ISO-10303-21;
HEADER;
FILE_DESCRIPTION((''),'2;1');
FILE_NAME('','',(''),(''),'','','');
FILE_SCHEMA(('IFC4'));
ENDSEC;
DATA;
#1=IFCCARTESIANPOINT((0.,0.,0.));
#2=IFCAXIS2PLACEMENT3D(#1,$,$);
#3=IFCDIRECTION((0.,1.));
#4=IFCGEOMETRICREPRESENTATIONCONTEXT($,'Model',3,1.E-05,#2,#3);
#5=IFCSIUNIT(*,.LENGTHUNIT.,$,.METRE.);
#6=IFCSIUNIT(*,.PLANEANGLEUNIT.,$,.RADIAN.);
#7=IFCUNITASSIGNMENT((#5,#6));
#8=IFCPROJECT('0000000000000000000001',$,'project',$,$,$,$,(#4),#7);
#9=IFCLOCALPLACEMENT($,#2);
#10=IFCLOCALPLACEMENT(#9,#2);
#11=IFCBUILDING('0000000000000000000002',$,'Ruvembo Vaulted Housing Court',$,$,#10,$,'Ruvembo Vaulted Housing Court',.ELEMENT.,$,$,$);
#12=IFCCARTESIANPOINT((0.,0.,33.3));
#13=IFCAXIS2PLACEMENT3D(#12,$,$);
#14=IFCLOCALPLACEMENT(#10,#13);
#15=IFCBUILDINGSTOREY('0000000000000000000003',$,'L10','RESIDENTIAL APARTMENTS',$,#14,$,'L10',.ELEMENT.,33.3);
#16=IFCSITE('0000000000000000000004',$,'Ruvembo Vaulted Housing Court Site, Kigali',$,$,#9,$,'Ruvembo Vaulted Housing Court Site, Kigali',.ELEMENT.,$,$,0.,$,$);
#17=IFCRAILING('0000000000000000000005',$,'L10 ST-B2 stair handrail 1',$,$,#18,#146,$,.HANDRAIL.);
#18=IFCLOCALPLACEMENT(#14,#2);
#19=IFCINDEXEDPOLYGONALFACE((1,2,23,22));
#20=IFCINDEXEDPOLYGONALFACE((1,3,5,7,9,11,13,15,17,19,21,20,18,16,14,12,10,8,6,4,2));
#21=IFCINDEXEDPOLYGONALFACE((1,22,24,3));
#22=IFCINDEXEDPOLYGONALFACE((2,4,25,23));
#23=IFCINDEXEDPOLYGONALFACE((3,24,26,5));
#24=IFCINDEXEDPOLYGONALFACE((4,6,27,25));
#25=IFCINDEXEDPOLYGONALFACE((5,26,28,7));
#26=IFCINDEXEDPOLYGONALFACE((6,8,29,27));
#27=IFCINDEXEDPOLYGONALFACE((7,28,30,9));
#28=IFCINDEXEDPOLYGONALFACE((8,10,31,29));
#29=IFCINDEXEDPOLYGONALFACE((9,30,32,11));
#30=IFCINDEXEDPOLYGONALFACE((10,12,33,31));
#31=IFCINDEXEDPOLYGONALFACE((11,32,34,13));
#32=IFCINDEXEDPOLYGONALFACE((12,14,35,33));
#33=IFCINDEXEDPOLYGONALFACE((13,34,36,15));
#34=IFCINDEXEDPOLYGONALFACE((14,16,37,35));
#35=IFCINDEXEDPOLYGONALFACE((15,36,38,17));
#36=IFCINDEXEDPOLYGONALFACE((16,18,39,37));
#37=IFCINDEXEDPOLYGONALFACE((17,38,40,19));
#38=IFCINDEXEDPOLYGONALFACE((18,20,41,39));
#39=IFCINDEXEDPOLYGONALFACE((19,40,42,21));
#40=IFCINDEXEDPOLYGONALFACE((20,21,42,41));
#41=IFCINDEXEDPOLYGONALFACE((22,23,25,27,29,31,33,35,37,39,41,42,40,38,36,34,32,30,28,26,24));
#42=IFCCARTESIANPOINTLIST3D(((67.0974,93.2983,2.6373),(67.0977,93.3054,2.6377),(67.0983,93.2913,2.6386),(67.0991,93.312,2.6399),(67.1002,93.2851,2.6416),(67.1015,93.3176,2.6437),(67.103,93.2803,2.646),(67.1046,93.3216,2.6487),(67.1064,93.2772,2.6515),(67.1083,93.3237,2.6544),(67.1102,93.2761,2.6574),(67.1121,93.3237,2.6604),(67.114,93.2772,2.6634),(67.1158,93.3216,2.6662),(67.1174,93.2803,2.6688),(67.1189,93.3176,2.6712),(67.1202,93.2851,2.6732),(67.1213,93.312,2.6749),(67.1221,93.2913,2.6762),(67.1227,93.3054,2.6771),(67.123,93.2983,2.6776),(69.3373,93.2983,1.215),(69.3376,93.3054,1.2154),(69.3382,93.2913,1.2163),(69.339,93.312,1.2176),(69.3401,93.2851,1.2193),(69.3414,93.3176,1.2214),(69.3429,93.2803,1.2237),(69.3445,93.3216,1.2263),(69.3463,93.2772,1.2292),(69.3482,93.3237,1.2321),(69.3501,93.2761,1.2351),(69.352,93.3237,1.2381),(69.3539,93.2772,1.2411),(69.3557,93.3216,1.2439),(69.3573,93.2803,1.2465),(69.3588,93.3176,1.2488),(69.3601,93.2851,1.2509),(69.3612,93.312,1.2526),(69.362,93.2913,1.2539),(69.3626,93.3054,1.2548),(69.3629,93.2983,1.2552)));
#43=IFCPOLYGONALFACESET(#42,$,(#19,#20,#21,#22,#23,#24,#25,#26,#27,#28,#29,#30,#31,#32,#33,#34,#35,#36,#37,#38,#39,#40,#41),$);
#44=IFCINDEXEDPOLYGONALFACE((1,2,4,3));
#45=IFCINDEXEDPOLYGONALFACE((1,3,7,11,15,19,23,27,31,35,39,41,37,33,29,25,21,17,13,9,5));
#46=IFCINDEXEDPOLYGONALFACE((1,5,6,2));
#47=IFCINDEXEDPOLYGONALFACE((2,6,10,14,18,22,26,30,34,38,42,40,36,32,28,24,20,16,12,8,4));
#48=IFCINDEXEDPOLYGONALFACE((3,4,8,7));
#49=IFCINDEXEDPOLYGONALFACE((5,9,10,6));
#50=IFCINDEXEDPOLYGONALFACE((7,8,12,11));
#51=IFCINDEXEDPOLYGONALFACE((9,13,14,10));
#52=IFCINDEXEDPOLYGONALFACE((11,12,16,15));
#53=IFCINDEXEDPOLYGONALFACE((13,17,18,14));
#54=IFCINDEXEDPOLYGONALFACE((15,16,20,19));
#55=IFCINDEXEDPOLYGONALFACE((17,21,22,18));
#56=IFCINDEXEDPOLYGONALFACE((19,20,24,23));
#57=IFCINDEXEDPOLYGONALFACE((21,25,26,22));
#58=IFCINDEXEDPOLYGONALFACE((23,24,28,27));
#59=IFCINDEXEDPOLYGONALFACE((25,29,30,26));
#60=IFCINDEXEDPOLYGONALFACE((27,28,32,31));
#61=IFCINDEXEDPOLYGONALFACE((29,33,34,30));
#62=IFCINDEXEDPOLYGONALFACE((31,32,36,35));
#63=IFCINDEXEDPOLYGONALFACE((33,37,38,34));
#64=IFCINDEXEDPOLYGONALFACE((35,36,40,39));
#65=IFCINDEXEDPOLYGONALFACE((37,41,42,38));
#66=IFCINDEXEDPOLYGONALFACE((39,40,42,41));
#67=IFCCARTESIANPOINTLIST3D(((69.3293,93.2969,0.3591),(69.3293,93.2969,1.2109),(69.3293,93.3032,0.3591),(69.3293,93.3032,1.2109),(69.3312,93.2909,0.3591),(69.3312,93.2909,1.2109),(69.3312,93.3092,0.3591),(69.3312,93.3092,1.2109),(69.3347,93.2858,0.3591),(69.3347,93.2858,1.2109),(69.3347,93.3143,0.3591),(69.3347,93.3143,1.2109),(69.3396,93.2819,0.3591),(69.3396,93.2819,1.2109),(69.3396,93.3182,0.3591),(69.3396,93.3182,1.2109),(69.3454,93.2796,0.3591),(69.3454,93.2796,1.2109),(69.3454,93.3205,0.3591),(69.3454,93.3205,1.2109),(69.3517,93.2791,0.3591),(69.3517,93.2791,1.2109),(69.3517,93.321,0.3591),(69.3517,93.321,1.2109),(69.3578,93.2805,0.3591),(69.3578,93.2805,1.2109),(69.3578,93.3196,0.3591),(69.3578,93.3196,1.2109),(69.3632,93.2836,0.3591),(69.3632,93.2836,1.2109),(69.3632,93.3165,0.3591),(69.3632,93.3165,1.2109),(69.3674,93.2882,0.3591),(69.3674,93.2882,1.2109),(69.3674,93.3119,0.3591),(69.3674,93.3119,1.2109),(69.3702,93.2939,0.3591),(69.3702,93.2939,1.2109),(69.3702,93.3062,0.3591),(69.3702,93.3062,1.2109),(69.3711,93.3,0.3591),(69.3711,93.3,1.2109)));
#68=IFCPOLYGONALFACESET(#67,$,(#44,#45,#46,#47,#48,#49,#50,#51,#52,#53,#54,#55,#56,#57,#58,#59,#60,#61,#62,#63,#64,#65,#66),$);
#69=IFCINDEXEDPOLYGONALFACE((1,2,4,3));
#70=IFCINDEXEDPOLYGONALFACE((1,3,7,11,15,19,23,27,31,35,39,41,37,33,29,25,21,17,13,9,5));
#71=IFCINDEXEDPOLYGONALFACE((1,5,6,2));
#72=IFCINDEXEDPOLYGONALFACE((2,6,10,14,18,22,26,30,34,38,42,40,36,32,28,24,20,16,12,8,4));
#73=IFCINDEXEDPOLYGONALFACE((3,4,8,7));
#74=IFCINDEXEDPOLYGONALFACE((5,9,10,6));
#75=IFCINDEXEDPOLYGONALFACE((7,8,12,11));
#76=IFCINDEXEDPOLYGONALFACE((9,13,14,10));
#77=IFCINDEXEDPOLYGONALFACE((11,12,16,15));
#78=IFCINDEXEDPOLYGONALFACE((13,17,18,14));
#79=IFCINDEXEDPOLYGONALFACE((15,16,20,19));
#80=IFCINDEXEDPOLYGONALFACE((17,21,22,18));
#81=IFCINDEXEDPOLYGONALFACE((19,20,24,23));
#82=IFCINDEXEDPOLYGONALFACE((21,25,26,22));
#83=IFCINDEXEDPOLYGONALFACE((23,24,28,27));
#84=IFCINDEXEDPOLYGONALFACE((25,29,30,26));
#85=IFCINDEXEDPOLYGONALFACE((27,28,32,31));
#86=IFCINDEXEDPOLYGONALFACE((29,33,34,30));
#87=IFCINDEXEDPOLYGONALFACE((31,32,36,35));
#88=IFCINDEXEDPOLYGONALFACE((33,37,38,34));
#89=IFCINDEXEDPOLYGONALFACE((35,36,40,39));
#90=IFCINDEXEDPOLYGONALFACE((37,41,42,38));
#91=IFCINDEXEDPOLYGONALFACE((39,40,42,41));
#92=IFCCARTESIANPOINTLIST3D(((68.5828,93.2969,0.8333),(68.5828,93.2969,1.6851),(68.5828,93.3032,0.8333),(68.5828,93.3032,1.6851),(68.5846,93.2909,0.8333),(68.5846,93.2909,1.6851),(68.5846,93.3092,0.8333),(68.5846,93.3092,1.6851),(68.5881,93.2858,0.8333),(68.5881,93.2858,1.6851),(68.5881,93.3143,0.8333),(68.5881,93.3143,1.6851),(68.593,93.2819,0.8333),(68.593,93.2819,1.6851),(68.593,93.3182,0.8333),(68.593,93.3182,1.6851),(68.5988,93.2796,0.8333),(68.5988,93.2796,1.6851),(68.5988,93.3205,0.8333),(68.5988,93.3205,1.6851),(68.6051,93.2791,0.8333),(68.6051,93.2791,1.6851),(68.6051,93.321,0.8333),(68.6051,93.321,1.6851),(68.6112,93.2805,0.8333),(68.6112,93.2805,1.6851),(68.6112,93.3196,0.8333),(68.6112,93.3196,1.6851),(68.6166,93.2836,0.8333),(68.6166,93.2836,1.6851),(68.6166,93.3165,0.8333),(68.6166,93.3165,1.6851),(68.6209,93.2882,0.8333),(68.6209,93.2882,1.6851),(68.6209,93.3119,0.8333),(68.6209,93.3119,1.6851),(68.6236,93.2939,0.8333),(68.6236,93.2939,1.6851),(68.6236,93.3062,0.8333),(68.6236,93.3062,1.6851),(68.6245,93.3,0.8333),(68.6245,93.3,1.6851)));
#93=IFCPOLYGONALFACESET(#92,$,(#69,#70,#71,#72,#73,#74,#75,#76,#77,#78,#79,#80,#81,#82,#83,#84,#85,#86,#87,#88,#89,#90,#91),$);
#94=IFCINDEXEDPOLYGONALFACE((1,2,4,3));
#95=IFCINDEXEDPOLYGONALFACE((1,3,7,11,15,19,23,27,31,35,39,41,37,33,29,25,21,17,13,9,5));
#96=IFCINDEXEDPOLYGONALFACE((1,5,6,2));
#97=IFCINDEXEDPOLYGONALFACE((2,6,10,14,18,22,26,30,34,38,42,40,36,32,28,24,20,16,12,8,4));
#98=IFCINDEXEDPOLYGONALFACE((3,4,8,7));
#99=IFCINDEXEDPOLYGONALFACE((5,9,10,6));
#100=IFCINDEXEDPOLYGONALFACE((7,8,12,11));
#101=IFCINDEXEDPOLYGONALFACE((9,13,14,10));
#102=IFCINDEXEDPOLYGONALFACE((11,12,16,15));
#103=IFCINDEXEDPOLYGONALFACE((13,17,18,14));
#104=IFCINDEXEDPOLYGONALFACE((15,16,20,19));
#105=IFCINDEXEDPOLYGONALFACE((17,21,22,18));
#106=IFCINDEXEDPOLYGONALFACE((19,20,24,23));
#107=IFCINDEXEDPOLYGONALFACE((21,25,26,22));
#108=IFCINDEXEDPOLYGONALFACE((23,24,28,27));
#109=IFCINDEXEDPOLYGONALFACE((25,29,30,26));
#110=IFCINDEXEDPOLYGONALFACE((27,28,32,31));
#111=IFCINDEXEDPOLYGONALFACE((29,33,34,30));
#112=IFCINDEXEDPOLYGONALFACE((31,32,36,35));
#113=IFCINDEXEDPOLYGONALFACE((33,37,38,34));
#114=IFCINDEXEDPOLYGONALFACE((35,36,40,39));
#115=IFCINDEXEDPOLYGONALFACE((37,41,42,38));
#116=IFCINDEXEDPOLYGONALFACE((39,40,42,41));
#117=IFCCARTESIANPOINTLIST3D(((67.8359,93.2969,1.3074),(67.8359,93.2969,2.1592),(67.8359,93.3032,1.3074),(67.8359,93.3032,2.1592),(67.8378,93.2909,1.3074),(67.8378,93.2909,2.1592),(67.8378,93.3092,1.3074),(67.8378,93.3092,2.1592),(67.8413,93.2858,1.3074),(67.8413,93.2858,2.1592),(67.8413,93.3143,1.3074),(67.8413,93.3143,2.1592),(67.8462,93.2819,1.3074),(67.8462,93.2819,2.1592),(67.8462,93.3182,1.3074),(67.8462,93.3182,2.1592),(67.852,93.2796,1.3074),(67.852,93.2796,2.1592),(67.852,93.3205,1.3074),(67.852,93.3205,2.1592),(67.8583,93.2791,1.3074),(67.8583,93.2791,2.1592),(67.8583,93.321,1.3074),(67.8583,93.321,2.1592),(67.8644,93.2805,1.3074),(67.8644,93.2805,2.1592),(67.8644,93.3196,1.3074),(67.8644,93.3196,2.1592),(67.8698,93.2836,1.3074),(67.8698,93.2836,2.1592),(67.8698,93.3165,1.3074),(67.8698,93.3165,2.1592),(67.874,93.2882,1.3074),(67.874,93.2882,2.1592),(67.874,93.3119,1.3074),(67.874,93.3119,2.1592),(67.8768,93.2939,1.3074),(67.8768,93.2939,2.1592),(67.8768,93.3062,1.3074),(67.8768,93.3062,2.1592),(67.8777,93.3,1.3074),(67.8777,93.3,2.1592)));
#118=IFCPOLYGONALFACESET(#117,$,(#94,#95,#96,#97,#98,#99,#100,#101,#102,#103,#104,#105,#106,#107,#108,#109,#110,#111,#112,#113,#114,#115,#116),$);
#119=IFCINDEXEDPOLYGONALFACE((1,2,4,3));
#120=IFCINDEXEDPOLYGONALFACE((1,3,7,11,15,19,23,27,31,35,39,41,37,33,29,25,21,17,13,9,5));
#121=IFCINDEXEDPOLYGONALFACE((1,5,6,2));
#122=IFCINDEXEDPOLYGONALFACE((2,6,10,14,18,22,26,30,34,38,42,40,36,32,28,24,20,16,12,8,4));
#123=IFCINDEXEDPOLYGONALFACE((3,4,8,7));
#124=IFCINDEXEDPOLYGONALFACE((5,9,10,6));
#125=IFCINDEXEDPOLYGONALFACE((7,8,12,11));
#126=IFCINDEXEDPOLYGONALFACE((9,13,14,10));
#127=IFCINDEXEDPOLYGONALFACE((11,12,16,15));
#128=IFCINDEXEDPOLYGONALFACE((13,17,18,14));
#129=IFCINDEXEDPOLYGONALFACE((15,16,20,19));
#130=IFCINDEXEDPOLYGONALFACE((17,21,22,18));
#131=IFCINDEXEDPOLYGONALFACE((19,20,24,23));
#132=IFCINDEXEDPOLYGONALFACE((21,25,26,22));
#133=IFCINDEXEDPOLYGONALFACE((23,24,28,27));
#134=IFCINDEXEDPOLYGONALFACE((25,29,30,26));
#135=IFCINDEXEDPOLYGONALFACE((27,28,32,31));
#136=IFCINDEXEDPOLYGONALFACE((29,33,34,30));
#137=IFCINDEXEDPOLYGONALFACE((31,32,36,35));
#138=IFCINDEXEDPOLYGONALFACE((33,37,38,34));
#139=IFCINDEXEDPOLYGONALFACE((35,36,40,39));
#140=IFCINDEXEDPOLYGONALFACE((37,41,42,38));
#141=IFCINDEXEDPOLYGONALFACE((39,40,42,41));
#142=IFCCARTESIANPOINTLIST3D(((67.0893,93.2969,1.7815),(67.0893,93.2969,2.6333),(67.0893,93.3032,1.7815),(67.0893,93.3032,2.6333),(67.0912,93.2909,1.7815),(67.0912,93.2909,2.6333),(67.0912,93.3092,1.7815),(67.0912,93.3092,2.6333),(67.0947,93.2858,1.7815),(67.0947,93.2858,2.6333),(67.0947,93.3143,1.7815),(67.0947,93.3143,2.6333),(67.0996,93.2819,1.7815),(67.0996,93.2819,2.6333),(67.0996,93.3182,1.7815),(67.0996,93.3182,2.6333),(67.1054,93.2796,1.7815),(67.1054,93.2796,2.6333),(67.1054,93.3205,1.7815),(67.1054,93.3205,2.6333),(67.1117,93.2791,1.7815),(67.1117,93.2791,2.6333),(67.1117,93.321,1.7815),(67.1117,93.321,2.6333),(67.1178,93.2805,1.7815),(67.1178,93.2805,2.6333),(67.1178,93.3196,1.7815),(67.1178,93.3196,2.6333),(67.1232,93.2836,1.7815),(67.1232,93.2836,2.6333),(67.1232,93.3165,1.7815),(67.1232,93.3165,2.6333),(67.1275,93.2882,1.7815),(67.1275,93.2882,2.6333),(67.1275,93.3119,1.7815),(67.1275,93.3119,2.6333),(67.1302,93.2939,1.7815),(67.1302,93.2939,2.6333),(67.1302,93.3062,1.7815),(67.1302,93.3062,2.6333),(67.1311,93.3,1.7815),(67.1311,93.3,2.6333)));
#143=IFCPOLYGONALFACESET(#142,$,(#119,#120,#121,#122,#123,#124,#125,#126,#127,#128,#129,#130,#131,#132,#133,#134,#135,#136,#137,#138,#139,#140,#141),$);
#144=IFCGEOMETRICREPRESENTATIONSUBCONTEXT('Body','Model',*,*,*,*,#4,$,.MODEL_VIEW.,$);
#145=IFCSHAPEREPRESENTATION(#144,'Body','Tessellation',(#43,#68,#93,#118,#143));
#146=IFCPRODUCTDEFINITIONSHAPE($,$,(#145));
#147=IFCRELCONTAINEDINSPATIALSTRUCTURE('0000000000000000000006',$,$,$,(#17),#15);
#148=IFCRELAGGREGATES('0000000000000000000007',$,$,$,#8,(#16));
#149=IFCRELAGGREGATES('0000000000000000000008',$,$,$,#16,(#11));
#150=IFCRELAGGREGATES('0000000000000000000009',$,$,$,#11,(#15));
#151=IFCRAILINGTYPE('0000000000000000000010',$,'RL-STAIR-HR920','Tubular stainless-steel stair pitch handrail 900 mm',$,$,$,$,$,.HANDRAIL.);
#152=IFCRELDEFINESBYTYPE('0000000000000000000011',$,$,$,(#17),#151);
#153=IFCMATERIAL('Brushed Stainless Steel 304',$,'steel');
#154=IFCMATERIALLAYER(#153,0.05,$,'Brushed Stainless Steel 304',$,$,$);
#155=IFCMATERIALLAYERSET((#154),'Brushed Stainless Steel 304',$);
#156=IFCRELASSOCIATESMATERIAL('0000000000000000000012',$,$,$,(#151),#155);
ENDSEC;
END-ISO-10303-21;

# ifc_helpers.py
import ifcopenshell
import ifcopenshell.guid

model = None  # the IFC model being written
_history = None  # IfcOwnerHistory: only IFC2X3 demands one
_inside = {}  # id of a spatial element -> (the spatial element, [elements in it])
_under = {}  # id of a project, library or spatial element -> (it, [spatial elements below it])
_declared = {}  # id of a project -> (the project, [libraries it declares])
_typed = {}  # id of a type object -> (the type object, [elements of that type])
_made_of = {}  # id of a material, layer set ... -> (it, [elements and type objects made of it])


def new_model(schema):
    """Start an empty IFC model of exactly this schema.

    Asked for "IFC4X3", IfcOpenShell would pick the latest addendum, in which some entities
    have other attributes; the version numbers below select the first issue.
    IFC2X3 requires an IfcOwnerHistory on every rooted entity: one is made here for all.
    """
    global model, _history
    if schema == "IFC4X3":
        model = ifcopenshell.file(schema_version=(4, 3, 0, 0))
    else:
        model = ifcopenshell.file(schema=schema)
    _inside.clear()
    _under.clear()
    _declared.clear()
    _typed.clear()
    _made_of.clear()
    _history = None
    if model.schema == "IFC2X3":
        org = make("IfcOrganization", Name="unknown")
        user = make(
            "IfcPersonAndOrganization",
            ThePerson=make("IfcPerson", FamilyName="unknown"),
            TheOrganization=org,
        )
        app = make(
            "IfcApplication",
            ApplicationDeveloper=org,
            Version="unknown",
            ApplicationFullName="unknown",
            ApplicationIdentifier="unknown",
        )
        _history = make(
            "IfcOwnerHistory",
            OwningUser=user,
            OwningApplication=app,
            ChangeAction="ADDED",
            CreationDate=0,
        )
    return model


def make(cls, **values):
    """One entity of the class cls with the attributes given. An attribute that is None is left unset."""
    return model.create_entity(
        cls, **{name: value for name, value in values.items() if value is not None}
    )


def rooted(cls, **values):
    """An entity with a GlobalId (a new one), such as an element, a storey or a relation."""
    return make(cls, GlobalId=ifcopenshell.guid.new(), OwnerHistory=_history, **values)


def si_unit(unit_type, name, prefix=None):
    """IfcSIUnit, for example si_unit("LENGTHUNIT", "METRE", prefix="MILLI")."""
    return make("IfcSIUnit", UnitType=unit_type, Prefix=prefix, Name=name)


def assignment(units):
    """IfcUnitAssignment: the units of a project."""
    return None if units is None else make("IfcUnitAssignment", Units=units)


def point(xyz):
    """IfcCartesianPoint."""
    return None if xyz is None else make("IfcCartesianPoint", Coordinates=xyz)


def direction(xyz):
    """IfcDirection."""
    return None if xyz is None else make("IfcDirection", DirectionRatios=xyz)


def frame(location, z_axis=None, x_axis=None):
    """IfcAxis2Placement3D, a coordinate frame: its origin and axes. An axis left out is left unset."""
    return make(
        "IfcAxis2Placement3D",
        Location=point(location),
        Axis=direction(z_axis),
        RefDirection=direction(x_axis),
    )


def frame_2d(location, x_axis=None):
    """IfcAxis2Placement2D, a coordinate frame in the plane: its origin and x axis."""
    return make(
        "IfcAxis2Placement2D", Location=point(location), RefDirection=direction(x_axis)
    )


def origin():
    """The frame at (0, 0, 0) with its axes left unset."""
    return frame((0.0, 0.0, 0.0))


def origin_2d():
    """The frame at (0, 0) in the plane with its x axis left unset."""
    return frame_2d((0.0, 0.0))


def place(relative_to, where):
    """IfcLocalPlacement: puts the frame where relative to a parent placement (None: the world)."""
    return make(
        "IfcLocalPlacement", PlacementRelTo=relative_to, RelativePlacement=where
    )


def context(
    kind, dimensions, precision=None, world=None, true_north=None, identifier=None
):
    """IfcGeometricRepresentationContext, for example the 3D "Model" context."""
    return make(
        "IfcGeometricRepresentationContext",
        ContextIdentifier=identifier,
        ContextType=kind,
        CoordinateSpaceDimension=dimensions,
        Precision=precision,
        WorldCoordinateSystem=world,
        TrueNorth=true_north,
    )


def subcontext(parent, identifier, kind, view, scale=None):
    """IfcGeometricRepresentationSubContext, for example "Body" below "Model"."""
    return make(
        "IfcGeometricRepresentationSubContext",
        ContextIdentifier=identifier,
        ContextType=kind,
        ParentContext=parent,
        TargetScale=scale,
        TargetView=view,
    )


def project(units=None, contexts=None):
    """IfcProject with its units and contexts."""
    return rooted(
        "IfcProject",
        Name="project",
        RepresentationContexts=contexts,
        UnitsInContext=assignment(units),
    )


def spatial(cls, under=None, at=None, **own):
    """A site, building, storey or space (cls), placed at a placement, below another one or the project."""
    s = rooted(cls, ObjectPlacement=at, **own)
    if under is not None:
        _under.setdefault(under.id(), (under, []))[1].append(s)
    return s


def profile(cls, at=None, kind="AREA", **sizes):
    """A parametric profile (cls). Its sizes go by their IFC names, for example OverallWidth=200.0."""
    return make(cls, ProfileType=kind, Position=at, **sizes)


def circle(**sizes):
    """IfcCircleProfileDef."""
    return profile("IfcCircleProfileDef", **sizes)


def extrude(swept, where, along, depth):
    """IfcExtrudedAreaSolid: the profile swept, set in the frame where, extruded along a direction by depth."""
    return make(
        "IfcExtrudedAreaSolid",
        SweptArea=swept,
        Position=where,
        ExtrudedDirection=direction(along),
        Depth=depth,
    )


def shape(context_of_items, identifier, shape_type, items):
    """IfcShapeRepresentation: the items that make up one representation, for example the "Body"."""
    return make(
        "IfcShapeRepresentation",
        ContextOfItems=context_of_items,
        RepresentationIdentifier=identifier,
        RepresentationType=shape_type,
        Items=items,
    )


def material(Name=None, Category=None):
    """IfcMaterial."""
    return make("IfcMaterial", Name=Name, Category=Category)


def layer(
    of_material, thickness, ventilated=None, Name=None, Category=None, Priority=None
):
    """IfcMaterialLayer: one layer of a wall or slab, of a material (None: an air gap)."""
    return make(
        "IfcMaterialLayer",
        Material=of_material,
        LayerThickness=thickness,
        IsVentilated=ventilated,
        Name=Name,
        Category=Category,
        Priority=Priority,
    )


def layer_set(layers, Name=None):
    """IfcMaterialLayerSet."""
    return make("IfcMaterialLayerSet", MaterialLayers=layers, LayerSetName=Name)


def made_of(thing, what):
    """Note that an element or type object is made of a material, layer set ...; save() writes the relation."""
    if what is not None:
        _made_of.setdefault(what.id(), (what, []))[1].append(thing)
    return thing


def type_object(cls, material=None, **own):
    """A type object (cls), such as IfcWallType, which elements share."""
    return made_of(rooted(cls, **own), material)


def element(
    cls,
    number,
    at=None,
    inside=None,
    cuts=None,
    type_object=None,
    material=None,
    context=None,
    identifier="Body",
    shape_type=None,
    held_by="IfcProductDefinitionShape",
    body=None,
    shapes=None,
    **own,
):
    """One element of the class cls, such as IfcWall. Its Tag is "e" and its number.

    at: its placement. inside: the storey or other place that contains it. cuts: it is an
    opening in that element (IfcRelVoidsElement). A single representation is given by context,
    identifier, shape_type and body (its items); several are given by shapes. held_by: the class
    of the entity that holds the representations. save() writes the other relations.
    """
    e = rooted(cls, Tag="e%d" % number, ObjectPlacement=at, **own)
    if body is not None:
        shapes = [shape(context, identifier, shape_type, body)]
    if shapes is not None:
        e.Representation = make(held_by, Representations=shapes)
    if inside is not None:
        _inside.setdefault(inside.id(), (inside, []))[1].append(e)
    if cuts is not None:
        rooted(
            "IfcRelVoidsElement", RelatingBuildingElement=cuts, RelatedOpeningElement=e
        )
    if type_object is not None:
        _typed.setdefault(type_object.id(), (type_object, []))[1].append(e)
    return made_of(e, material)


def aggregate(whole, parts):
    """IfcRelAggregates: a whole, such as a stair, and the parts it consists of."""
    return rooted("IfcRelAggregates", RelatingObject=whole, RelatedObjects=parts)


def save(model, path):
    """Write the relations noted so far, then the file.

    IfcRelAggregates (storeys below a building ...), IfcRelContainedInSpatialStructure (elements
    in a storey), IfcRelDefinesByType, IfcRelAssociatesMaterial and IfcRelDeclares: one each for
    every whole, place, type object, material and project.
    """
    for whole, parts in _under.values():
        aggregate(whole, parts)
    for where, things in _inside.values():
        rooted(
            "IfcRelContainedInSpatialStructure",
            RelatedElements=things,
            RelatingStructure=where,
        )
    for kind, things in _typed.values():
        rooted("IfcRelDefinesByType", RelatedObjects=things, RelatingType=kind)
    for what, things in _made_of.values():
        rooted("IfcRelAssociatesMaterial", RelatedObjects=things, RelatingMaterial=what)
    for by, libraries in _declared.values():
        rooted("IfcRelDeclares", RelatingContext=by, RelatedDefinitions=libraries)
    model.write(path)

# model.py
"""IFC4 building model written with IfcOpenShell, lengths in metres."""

from ifc_helpers import new_model, si_unit, direction, frame, origin, origin_2d, place, context, subcontext, project, spatial, circle, extrude, material, layer, layer_set, type_object, element, save


model = new_model("IFC4")

# Units and contexts
model_context = context("Model", 3, precision=1e-05, world=origin(), true_north=direction((0.0, 1.0)))
body_context = subcontext(model_context, "Body", "Model", "MODEL_VIEW")
ifc_project = project(units=[si_unit("LENGTHUNIT", "METRE"), si_unit("PLANEANGLEUNIT", "RADIAN")], contexts=[model_context])

# Site, building, storey
site_placement = place(None, origin())
site = spatial("IfcSite", under=ifc_project, at=site_placement, Name="Ruvembo Vaulted Housing Court Site, Kigali", LongName="Ruvembo Vaulted Housing Court Site, Kigali", CompositionType="ELEMENT", RefElevation=0.0)
building_placement = place(site_placement, origin())
building = spatial("IfcBuilding", under=site, at=building_placement, Name="Ruvembo Vaulted Housing Court", LongName="Ruvembo Vaulted Housing Court", CompositionType="ELEMENT")
storey_placement = place(building_placement, frame((0.0, 0.0, 33.3)))
storey = spatial("IfcBuildingStorey", under=building, at=storey_placement, Name="L10", Description="RESIDENTIAL APARTMENTS", LongName="L10", CompositionType="ELEMENT", Elevation=33.3)

# Railing
ifc_material_1 = material(Name="Brushed Stainless Steel 304", Category="steel")
ifc_layer_1 = layer(ifc_material_1, 0.05, Name="Brushed Stainless Steel 304")
ifc_layer_set_1 = layer_set([ifc_layer_1], Name="Brushed Stainless Steel 304")
railing_type_1 = type_object("IfcRailingType", Name="RL-STAIR-HR920", Description="Tubular stainless-steel stair pitch handrail 900 mm", PredefinedType="HANDRAIL", material=ifc_layer_set_1)
railing_1_placement = place(storey_placement, frame((69.3501, 93.3, 0.3591)))
element("IfcRailing", 1, at=railing_1_placement, inside=storey, type_object=railing_type_1, Name="L10 ST-B2 stair handrail 1", PredefinedType="HANDRAIL", context=body_context, shape_type="SweptSolid", body=[
    extrude(circle(Radius=0.0239, at=origin_2d()), frame((0.0, 0.0, 0.876), z_axis=(-0.844188, 0.0, 0.536048), x_axis=(0.0, -1.0, 0.0)), (0.0, 0.0, 1.0), 2.6533),
    extrude(circle(Radius=0.021, at=origin_2d()), origin(), (0.0, 0.0, 1.0), 0.8518),
    extrude(circle(Radius=0.021, at=origin_2d()), frame((-0.7466, 0.0, 0.4741)), (0.0, 0.0, 1.0), 0.8518),
    extrude(circle(Radius=0.021, at=origin_2d()), frame((-1.4934, 0.0, 0.9482)), (0.0, 0.0, 1.0), 0.8518),
    extrude(circle(Radius=0.021, at=origin_2d()), frame((-2.24, 0.0, 1.4224)), (0.0, 0.0, 1.0), 0.8518),
])

save(model, "model.ifc")
